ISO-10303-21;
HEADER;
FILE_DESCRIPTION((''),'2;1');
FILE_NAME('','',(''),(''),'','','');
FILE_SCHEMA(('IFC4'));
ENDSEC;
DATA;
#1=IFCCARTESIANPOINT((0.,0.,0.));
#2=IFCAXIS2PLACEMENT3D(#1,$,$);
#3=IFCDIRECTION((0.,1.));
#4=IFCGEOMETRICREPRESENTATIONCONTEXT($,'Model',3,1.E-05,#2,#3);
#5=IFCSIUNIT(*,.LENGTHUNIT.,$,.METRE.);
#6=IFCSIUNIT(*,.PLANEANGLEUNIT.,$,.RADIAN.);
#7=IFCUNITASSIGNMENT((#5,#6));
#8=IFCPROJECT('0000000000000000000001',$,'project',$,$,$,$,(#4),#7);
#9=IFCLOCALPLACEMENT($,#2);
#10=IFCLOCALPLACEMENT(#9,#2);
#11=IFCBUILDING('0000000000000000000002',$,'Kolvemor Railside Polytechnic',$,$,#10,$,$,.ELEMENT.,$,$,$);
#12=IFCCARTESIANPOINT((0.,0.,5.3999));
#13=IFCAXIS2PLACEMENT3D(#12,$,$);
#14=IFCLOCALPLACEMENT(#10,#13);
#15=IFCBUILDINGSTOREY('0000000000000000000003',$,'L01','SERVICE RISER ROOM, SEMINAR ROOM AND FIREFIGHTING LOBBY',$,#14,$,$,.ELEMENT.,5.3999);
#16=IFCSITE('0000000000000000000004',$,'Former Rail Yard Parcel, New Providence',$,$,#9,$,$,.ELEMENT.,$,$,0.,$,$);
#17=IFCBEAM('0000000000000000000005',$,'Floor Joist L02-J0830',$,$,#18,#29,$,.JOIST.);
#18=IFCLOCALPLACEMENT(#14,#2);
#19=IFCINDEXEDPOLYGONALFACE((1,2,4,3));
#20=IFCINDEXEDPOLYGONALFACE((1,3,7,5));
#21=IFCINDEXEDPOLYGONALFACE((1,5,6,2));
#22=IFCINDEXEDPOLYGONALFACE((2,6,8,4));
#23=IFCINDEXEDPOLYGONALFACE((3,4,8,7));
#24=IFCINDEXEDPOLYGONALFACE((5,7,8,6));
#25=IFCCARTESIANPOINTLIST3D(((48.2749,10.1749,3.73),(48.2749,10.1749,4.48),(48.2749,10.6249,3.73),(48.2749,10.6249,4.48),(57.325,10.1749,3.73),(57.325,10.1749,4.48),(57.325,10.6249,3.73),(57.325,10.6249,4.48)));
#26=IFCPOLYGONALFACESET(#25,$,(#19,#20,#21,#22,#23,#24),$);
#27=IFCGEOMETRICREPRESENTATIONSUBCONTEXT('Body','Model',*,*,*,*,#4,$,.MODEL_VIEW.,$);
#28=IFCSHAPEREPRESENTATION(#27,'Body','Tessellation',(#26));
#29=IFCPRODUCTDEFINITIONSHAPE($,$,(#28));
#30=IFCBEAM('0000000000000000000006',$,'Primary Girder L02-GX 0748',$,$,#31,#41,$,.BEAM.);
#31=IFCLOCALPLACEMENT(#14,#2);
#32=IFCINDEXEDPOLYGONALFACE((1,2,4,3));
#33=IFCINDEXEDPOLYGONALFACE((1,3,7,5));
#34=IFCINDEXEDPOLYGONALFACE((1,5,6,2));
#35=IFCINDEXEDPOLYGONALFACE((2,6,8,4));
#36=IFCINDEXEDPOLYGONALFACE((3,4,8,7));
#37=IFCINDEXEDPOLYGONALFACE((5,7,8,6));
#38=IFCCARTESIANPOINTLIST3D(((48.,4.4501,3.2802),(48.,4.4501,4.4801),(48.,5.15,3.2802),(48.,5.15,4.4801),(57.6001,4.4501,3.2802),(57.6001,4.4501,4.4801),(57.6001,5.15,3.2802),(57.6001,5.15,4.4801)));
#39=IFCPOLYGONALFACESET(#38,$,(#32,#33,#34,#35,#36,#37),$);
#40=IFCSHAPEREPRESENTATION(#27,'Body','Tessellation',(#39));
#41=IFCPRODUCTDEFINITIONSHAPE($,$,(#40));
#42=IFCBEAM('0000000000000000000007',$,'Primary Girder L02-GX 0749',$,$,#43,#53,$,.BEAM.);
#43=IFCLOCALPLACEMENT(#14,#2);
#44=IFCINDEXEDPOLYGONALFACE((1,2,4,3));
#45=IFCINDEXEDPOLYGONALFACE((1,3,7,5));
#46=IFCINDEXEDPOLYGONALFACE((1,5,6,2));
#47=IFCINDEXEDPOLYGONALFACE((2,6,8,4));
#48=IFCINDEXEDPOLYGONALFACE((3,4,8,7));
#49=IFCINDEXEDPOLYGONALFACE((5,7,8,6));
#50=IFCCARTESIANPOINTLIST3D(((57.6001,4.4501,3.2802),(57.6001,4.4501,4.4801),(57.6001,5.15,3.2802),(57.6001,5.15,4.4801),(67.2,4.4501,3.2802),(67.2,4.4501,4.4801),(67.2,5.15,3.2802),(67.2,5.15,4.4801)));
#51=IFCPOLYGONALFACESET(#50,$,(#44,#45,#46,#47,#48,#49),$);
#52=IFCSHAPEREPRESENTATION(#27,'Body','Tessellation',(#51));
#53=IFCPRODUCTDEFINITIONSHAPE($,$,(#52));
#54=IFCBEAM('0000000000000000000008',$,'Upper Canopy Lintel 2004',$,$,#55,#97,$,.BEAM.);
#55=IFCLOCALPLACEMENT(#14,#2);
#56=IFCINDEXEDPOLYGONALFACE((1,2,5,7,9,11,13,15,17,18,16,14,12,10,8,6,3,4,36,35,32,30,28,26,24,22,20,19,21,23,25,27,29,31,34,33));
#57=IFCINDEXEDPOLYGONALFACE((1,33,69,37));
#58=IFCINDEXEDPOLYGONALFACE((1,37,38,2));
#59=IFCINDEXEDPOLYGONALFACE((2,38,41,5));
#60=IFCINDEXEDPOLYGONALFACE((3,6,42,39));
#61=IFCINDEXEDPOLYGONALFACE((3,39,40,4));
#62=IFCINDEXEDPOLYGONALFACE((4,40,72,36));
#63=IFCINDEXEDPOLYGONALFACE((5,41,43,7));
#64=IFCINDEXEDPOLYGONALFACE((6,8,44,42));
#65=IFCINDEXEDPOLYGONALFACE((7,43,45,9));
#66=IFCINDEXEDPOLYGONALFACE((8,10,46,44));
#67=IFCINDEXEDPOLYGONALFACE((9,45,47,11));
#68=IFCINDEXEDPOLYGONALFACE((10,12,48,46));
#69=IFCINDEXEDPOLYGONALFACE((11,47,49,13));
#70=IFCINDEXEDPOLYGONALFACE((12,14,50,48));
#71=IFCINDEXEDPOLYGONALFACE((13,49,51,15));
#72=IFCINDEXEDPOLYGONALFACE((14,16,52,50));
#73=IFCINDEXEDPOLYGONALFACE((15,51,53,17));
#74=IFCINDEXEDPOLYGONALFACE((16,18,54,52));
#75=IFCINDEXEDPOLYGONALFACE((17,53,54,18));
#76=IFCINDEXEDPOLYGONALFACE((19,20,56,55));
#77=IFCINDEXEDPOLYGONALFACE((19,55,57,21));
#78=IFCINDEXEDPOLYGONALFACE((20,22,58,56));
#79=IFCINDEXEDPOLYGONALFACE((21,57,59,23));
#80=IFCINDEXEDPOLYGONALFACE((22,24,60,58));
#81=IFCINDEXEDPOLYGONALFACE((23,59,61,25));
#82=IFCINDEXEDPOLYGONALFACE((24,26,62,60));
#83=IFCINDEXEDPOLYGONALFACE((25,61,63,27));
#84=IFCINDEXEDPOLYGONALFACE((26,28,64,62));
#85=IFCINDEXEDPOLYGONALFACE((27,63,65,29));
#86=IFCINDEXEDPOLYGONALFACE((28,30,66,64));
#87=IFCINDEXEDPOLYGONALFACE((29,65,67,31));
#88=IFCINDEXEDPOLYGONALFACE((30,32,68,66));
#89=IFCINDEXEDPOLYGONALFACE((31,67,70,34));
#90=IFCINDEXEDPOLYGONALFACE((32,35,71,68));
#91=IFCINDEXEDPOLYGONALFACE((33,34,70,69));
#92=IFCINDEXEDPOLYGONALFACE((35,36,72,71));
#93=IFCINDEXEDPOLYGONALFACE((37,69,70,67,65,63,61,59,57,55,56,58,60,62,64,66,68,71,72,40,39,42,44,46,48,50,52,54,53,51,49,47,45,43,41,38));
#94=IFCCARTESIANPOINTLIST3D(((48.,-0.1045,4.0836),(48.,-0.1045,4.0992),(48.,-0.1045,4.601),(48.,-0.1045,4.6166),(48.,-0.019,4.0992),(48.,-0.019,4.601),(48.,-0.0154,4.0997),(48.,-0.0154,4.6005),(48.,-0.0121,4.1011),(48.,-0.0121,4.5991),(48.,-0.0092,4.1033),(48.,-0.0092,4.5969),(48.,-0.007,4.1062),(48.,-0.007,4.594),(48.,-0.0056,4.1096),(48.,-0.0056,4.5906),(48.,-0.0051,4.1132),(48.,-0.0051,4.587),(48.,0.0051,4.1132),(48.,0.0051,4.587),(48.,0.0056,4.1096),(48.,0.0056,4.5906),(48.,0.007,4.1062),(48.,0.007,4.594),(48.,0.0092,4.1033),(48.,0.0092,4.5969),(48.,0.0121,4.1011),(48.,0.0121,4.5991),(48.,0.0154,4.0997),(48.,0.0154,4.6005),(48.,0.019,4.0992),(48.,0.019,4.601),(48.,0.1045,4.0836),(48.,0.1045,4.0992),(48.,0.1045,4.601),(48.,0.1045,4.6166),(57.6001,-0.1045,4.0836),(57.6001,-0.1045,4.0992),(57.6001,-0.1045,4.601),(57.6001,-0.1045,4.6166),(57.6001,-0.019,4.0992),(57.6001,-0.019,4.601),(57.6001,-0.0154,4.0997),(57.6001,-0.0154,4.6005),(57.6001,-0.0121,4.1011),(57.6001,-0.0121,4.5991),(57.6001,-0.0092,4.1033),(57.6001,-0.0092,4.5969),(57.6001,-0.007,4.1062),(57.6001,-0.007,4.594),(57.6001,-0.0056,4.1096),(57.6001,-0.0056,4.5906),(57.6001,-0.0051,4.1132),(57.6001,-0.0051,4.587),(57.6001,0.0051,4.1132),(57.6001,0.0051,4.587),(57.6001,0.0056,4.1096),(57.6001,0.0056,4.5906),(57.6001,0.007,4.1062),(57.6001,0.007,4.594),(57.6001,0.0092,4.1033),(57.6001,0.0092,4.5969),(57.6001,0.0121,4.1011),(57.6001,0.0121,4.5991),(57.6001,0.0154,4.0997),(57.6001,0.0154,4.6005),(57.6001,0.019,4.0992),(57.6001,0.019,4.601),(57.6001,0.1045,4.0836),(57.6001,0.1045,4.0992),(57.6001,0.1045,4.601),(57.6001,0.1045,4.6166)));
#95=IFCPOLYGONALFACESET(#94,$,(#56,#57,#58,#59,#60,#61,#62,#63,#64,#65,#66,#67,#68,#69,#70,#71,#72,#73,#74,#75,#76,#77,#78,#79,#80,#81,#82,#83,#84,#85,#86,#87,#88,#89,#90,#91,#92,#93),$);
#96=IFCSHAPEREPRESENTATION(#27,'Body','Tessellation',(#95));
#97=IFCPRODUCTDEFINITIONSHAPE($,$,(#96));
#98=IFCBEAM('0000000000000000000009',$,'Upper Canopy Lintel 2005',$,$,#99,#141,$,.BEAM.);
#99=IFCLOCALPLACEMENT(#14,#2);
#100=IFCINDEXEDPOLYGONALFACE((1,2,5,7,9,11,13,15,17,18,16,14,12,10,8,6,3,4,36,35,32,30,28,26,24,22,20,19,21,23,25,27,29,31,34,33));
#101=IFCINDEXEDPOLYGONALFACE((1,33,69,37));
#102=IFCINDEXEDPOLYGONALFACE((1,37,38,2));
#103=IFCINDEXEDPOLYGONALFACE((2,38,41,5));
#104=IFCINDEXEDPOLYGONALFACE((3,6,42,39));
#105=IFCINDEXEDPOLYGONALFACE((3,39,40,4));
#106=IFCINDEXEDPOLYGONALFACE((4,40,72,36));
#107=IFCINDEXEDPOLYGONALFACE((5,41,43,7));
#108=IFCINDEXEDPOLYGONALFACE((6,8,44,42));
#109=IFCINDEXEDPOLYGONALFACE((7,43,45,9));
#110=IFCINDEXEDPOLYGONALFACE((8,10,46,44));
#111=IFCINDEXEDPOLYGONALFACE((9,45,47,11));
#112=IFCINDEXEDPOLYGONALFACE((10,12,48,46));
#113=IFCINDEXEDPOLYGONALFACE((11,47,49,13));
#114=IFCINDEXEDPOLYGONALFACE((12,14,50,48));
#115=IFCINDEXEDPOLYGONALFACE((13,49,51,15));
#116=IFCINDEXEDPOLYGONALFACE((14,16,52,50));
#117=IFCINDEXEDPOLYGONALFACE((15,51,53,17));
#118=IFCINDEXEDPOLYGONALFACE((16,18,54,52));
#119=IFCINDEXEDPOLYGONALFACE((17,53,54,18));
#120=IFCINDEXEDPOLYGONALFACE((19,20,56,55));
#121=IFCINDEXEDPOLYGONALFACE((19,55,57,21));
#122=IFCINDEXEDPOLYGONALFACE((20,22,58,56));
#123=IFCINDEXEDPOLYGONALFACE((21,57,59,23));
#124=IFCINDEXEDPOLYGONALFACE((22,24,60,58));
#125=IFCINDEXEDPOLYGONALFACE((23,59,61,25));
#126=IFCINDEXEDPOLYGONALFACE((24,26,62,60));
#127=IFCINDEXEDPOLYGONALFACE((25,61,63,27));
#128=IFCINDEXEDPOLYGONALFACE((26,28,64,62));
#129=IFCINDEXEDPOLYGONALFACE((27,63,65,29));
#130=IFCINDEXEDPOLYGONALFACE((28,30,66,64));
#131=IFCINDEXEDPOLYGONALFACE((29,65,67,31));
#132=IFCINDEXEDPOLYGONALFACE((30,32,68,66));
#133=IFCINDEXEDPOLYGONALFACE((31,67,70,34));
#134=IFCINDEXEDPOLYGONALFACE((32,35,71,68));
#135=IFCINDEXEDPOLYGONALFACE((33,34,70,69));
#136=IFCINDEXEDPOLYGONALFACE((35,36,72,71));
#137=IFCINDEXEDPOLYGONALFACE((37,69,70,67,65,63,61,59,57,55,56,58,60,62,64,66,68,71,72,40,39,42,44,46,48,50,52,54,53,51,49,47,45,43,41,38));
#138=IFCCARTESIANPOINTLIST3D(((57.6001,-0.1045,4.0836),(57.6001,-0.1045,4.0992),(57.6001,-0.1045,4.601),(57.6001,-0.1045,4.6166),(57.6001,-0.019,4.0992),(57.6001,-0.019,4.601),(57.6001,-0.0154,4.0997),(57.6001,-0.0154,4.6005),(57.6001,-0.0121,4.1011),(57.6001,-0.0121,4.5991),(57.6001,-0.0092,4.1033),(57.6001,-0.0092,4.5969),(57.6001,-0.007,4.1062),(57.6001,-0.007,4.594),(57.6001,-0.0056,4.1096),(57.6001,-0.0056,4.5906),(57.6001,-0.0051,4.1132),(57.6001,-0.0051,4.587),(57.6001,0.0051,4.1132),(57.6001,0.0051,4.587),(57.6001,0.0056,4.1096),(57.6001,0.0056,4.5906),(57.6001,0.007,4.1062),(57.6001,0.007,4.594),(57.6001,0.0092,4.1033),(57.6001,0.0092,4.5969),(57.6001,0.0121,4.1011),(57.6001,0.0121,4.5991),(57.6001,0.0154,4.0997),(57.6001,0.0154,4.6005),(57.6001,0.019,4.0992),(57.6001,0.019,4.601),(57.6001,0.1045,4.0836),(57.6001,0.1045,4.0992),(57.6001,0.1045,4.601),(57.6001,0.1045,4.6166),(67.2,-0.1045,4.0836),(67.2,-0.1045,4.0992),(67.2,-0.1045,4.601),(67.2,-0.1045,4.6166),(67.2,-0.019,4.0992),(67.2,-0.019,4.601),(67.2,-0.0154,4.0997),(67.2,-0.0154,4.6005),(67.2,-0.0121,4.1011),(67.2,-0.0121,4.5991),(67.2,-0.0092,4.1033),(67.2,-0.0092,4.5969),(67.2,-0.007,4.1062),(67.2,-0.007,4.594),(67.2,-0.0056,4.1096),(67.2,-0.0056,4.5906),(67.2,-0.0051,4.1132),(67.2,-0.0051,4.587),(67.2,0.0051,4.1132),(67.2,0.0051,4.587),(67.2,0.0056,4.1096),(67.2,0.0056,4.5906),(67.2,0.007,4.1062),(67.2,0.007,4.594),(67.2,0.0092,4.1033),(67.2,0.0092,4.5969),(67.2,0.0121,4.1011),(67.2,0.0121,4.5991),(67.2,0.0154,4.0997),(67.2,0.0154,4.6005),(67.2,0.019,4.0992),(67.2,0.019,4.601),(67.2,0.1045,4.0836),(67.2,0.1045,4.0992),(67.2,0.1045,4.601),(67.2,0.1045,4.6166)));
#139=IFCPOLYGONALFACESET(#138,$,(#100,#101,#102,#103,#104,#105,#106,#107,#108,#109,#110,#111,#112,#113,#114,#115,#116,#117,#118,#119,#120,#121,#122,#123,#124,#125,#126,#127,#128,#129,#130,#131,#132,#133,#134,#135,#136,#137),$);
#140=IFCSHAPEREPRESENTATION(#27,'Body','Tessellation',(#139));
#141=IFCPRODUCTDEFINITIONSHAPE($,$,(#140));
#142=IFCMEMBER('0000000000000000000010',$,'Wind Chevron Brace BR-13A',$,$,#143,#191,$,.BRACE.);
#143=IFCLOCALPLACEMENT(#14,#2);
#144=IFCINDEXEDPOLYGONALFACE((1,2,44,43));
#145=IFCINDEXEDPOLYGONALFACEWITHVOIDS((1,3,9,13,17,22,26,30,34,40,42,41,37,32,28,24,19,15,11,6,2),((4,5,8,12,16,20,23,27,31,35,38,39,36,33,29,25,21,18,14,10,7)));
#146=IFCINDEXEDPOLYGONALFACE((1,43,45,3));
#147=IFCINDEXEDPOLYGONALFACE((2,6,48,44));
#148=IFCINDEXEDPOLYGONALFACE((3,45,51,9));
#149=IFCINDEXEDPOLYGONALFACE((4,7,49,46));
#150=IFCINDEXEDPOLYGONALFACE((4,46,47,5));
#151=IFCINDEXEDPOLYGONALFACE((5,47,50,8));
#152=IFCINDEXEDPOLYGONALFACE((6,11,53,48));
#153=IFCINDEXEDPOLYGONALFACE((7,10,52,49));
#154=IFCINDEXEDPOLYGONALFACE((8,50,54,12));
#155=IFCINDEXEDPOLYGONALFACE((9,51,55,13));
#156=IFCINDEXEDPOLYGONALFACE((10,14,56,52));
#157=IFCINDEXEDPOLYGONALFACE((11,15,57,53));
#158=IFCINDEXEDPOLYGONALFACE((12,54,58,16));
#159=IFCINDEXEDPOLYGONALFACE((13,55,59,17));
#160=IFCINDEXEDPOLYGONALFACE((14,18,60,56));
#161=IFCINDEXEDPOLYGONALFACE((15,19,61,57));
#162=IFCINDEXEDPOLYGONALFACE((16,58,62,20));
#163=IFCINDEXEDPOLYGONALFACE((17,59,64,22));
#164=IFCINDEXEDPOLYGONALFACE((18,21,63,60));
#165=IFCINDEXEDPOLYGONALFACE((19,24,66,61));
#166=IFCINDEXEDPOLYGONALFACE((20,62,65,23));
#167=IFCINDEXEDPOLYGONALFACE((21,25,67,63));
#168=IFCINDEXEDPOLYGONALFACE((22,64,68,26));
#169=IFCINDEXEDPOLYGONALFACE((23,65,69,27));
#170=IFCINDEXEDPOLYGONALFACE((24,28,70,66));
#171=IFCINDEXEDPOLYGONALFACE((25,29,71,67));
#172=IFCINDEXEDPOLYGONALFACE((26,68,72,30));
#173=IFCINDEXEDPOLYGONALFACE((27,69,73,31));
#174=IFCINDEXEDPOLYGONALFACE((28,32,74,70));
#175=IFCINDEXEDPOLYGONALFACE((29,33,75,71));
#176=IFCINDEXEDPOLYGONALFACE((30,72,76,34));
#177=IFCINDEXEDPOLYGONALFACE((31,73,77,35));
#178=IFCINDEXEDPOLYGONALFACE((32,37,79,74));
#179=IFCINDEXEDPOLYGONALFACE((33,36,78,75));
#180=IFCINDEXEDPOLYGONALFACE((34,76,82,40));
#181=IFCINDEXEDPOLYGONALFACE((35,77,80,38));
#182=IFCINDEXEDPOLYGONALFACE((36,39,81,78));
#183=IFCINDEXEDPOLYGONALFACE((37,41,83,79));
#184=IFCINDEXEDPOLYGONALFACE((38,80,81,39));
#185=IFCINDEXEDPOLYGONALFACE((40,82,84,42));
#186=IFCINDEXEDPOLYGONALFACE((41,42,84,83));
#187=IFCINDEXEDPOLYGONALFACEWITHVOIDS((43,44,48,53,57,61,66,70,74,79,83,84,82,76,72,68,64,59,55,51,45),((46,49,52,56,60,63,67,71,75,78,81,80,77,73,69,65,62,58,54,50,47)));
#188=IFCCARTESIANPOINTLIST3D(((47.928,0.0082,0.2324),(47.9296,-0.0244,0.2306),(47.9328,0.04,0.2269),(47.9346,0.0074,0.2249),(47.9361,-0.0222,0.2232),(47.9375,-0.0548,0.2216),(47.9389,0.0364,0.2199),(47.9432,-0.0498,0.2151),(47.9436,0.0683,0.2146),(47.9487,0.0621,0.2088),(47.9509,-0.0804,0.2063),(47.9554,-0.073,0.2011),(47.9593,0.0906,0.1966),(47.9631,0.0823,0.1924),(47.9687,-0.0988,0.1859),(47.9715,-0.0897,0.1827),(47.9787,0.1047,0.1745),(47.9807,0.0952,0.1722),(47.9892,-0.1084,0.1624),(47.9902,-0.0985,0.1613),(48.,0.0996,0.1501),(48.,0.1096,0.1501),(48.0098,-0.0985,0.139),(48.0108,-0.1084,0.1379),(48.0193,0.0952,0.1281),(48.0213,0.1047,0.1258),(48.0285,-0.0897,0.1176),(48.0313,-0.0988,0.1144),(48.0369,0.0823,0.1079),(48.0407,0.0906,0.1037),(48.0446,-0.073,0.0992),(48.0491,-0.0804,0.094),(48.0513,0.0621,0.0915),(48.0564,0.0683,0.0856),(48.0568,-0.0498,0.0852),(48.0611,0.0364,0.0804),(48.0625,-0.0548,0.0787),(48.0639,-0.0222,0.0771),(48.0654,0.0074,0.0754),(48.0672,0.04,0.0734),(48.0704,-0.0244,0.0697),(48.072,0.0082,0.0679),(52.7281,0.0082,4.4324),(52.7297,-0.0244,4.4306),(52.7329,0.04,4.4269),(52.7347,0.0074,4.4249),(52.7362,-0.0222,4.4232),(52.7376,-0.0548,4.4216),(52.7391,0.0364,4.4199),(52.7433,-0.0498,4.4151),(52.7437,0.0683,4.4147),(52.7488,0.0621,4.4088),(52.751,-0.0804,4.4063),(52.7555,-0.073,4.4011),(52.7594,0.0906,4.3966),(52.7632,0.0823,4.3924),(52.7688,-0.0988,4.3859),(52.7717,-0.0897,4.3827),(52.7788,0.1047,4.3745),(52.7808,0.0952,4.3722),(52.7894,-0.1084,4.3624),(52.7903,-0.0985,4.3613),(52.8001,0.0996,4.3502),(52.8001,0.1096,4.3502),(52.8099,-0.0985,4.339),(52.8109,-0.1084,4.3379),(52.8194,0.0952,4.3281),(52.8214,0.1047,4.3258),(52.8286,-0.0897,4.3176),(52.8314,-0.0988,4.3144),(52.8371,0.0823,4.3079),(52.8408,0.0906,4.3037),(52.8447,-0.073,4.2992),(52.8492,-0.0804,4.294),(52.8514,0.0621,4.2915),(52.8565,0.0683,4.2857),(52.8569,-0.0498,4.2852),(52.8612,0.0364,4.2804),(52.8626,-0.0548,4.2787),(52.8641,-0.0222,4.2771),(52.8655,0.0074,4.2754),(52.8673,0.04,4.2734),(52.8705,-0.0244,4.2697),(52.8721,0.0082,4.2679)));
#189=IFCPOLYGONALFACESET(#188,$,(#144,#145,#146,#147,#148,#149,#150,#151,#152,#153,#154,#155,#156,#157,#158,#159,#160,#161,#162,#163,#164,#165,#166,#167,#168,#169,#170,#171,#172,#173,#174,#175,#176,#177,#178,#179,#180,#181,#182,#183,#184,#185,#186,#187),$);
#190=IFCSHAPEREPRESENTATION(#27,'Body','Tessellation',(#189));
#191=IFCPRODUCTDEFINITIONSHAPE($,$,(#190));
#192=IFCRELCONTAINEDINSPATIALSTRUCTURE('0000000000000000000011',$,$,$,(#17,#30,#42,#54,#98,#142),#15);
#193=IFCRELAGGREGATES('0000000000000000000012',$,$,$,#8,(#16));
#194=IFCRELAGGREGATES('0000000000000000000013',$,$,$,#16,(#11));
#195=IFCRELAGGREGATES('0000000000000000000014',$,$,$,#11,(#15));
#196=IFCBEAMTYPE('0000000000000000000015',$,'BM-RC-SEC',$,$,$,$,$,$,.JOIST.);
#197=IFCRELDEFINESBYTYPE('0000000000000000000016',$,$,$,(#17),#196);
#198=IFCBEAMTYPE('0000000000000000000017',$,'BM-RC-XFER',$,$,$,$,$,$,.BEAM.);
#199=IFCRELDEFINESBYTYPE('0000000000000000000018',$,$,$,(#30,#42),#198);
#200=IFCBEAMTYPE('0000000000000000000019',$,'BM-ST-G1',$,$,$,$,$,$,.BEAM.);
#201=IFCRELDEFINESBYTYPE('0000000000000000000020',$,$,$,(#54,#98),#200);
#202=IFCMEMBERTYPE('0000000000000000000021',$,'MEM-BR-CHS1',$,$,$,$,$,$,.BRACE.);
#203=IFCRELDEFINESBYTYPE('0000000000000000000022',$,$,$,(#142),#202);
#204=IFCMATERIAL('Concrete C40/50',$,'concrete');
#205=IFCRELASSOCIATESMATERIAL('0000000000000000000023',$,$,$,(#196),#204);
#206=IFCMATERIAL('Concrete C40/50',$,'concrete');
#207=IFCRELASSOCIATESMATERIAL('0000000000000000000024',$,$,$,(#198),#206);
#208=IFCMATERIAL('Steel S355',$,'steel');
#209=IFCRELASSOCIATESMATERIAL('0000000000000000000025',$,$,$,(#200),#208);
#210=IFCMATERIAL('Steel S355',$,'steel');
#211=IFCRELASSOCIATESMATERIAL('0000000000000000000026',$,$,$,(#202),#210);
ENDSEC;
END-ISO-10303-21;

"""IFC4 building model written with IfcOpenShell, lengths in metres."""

from ifc_helpers import new_model, si_unit, direction, frame, origin, origin_2d, place, context, subcontext, project, spatial, rectangle, hollow_circle, i_section, extrude, material, material_profile, profile_set, type_object, element, save


model = new_model("IFC4")

# Units and contexts
model_context = context("Model", 3, precision=1e-05, world=origin(), true_north=direction((0.0, 1.0)))
body_context = subcontext(model_context, "Body", "Model", "MODEL_VIEW")
ifc_project = project(units=[si_unit("LENGTHUNIT", "METRE"), si_unit("PLANEANGLEUNIT", "RADIAN")], contexts=[model_context])

# Site, building, storey
site_placement = place(None, origin())
site = spatial("IfcSite", under=ifc_project, at=site_placement, Name="Former Rail Yard Parcel, New Providence", CompositionType="ELEMENT", RefElevation=0.0)
building_placement = place(site_placement, origin())
building = spatial("IfcBuilding", under=site, at=building_placement, Name="Kolvemor Railside Polytechnic", CompositionType="ELEMENT")
storey_placement = place(building_placement, frame((0.0, 0.0, 5.3999)))
storey = spatial("IfcBuildingStorey", under=building, at=storey_placement, Name="L01", Description="SERVICE RISER ROOM, SEMINAR ROOM AND FIREFIGHTING LOBBY", CompositionType="ELEMENT", Elevation=5.3999)

# Beams
ifc_material_1 = material(Name="Concrete C40/50", Category="concrete")
ifc_material_profile_1 = material_profile(ifc_material_1, rectangle(XDim=0.45, YDim=0.75, at=origin_2d()), Name="RC450x750")
ifc_profile_set_1 = profile_set([ifc_material_profile_1], Name="Concrete C40/50")
beam_type_1 = type_object("IfcBeamType", Name="BM-RC-SEC", PredefinedType="JOIST", material=ifc_profile_set_1)
for number, where, z_axis, x_axis, name in (
    (1, (48.2749, 10.3999, 4.105), (1.0, 0.0, 0.0), (0.0, 1.0, 0.0), "Floor Joist L02-J0830"),
):
    element("IfcBeam", number, at=place(storey_placement, frame(where, z_axis=z_axis, x_axis=x_axis)), inside=storey, type_object=beam_type_1, Name=name, PredefinedType="JOIST", context=body_context, shape_type="SweptSolid", body=[
        extrude(rectangle(XDim=0.45, YDim=0.75, at=origin_2d()), origin(), (0.0, 0.0, 1.0), 9.05),
    ])
ifc_material_2 = material(Name="Concrete C40/50", Category="concrete")
ifc_material_profile_2 = material_profile(ifc_material_2, rectangle(XDim=0.7, YDim=1.2, at=origin_2d()), Name="RC700x1200")
ifc_profile_set_2 = profile_set([ifc_material_profile_2], Name="Concrete C40/50")
beam_type_2 = type_object("IfcBeamType", Name="BM-RC-XFER", PredefinedType="BEAM", material=ifc_profile_set_2)
beam_1_placement = place(storey_placement, frame((48.0, 4.8, 3.8801), z_axis=(1.0, 0.0, 0.0), x_axis=(0.0, 1.0, 0.0)))
element("IfcBeam", 2, at=beam_1_placement, inside=storey, type_object=beam_type_2, Name="Primary Girder L02-GX 0748", PredefinedType="BEAM", context=body_context, shape_type="SweptSolid", body=[
    extrude(rectangle(XDim=0.7, YDim=1.2, at=origin_2d()), origin(), (0.0, 0.0, 1.0), 9.6001),
])
beam_2_placement = place(storey_placement, frame((57.6001, 4.8, 3.8801), z_axis=(1.0, 0.0, 0.0), x_axis=(0.0, 1.0, 0.0)))
element("IfcBeam", 3, at=beam_2_placement, inside=storey, type_object=beam_type_2, Name="Primary Girder L02-GX 0749", PredefinedType="BEAM", context=body_context, shape_type="SweptSolid", body=[
    extrude(rectangle(XDim=0.7, YDim=1.2, at=origin_2d()), origin(), (0.0, 0.0, 1.0), 9.5999),
])
ifc_material_3 = material(Name="Steel S355", Category="steel")
ifc_material_profile_3 = material_profile(ifc_material_3, i_section(OverallWidth=0.209, OverallDepth=0.533, WebThickness=0.0103, FlangeThickness=0.0156, FilletRadius=0.0139, at=origin_2d()), Name="W530x92")
ifc_profile_set_3 = profile_set([ifc_material_profile_3], Name="Steel S355")
beam_type_3 = type_object("IfcBeamType", Name="BM-ST-G1", PredefinedType="BEAM", material=ifc_profile_set_3)
beam_3_placement = place(storey_placement, frame((48.0, 0.0, 4.3501), z_axis=(1.0, 0.0, 0.0), x_axis=(0.0, 1.0, 0.0)))
element("IfcBeam", 4, at=beam_3_placement, inside=storey, type_object=beam_type_3, Name="Upper Canopy Lintel 2004", PredefinedType="BEAM", context=body_context, shape_type="SweptSolid", body=[
    extrude(i_section(OverallWidth=0.209, OverallDepth=0.533, WebThickness=0.0103, FlangeThickness=0.0156, FilletRadius=0.0139, at=origin_2d()), origin(), (0.0, 0.0, 1.0), 9.6001),
])
beam_4_placement = place(storey_placement, frame((57.6001, 0.0, 4.3501), z_axis=(1.0, 0.0, 0.0), x_axis=(0.0, 1.0, 0.0)))
element("IfcBeam", 5, at=beam_4_placement, inside=storey, type_object=beam_type_3, Name="Upper Canopy Lintel 2005", PredefinedType="BEAM", context=body_context, shape_type="SweptSolid", body=[
    extrude(i_section(OverallWidth=0.209, OverallDepth=0.533, WebThickness=0.0103, FlangeThickness=0.0156, FilletRadius=0.0139, at=origin_2d()), origin(), (0.0, 0.0, 1.0), 9.5999),
])

# Member
ifc_material_4 = material(Name="Steel S355", Category="steel")
ifc_material_profile_4 = material_profile(ifc_material_4, hollow_circle(Radius=0.1096, WallThickness=0.01, at=origin_2d()), Name="CHS219.1x10")
ifc_profile_set_4 = profile_set([ifc_material_profile_4], Name="Steel S355")
member_type_1 = type_object("IfcMemberType", Name="MEM-BR-CHS1", PredefinedType="BRACE", material=ifc_profile_set_4)
for number, where, z_axis, x_axis, name in (
    (6, (48.0, 0.0, 0.1501), (0.752584, 0.0, 0.658496), (0.0, 1.0, 0.0), "Wind Chevron Brace BR-13A"),
):
    element("IfcMember", number, at=place(storey_placement, frame(where, z_axis=z_axis, x_axis=x_axis)), inside=storey, type_object=member_type_1, Name=name, PredefinedType="BRACE", context=body_context, shape_type="SweptSolid", body=[
        extrude(hollow_circle(Radius=0.1096, WallThickness=0.01, at=origin_2d()), origin(), (0.0, 0.0, 1.0), 6.3782),
    ])

save(model, "model.ifc")
